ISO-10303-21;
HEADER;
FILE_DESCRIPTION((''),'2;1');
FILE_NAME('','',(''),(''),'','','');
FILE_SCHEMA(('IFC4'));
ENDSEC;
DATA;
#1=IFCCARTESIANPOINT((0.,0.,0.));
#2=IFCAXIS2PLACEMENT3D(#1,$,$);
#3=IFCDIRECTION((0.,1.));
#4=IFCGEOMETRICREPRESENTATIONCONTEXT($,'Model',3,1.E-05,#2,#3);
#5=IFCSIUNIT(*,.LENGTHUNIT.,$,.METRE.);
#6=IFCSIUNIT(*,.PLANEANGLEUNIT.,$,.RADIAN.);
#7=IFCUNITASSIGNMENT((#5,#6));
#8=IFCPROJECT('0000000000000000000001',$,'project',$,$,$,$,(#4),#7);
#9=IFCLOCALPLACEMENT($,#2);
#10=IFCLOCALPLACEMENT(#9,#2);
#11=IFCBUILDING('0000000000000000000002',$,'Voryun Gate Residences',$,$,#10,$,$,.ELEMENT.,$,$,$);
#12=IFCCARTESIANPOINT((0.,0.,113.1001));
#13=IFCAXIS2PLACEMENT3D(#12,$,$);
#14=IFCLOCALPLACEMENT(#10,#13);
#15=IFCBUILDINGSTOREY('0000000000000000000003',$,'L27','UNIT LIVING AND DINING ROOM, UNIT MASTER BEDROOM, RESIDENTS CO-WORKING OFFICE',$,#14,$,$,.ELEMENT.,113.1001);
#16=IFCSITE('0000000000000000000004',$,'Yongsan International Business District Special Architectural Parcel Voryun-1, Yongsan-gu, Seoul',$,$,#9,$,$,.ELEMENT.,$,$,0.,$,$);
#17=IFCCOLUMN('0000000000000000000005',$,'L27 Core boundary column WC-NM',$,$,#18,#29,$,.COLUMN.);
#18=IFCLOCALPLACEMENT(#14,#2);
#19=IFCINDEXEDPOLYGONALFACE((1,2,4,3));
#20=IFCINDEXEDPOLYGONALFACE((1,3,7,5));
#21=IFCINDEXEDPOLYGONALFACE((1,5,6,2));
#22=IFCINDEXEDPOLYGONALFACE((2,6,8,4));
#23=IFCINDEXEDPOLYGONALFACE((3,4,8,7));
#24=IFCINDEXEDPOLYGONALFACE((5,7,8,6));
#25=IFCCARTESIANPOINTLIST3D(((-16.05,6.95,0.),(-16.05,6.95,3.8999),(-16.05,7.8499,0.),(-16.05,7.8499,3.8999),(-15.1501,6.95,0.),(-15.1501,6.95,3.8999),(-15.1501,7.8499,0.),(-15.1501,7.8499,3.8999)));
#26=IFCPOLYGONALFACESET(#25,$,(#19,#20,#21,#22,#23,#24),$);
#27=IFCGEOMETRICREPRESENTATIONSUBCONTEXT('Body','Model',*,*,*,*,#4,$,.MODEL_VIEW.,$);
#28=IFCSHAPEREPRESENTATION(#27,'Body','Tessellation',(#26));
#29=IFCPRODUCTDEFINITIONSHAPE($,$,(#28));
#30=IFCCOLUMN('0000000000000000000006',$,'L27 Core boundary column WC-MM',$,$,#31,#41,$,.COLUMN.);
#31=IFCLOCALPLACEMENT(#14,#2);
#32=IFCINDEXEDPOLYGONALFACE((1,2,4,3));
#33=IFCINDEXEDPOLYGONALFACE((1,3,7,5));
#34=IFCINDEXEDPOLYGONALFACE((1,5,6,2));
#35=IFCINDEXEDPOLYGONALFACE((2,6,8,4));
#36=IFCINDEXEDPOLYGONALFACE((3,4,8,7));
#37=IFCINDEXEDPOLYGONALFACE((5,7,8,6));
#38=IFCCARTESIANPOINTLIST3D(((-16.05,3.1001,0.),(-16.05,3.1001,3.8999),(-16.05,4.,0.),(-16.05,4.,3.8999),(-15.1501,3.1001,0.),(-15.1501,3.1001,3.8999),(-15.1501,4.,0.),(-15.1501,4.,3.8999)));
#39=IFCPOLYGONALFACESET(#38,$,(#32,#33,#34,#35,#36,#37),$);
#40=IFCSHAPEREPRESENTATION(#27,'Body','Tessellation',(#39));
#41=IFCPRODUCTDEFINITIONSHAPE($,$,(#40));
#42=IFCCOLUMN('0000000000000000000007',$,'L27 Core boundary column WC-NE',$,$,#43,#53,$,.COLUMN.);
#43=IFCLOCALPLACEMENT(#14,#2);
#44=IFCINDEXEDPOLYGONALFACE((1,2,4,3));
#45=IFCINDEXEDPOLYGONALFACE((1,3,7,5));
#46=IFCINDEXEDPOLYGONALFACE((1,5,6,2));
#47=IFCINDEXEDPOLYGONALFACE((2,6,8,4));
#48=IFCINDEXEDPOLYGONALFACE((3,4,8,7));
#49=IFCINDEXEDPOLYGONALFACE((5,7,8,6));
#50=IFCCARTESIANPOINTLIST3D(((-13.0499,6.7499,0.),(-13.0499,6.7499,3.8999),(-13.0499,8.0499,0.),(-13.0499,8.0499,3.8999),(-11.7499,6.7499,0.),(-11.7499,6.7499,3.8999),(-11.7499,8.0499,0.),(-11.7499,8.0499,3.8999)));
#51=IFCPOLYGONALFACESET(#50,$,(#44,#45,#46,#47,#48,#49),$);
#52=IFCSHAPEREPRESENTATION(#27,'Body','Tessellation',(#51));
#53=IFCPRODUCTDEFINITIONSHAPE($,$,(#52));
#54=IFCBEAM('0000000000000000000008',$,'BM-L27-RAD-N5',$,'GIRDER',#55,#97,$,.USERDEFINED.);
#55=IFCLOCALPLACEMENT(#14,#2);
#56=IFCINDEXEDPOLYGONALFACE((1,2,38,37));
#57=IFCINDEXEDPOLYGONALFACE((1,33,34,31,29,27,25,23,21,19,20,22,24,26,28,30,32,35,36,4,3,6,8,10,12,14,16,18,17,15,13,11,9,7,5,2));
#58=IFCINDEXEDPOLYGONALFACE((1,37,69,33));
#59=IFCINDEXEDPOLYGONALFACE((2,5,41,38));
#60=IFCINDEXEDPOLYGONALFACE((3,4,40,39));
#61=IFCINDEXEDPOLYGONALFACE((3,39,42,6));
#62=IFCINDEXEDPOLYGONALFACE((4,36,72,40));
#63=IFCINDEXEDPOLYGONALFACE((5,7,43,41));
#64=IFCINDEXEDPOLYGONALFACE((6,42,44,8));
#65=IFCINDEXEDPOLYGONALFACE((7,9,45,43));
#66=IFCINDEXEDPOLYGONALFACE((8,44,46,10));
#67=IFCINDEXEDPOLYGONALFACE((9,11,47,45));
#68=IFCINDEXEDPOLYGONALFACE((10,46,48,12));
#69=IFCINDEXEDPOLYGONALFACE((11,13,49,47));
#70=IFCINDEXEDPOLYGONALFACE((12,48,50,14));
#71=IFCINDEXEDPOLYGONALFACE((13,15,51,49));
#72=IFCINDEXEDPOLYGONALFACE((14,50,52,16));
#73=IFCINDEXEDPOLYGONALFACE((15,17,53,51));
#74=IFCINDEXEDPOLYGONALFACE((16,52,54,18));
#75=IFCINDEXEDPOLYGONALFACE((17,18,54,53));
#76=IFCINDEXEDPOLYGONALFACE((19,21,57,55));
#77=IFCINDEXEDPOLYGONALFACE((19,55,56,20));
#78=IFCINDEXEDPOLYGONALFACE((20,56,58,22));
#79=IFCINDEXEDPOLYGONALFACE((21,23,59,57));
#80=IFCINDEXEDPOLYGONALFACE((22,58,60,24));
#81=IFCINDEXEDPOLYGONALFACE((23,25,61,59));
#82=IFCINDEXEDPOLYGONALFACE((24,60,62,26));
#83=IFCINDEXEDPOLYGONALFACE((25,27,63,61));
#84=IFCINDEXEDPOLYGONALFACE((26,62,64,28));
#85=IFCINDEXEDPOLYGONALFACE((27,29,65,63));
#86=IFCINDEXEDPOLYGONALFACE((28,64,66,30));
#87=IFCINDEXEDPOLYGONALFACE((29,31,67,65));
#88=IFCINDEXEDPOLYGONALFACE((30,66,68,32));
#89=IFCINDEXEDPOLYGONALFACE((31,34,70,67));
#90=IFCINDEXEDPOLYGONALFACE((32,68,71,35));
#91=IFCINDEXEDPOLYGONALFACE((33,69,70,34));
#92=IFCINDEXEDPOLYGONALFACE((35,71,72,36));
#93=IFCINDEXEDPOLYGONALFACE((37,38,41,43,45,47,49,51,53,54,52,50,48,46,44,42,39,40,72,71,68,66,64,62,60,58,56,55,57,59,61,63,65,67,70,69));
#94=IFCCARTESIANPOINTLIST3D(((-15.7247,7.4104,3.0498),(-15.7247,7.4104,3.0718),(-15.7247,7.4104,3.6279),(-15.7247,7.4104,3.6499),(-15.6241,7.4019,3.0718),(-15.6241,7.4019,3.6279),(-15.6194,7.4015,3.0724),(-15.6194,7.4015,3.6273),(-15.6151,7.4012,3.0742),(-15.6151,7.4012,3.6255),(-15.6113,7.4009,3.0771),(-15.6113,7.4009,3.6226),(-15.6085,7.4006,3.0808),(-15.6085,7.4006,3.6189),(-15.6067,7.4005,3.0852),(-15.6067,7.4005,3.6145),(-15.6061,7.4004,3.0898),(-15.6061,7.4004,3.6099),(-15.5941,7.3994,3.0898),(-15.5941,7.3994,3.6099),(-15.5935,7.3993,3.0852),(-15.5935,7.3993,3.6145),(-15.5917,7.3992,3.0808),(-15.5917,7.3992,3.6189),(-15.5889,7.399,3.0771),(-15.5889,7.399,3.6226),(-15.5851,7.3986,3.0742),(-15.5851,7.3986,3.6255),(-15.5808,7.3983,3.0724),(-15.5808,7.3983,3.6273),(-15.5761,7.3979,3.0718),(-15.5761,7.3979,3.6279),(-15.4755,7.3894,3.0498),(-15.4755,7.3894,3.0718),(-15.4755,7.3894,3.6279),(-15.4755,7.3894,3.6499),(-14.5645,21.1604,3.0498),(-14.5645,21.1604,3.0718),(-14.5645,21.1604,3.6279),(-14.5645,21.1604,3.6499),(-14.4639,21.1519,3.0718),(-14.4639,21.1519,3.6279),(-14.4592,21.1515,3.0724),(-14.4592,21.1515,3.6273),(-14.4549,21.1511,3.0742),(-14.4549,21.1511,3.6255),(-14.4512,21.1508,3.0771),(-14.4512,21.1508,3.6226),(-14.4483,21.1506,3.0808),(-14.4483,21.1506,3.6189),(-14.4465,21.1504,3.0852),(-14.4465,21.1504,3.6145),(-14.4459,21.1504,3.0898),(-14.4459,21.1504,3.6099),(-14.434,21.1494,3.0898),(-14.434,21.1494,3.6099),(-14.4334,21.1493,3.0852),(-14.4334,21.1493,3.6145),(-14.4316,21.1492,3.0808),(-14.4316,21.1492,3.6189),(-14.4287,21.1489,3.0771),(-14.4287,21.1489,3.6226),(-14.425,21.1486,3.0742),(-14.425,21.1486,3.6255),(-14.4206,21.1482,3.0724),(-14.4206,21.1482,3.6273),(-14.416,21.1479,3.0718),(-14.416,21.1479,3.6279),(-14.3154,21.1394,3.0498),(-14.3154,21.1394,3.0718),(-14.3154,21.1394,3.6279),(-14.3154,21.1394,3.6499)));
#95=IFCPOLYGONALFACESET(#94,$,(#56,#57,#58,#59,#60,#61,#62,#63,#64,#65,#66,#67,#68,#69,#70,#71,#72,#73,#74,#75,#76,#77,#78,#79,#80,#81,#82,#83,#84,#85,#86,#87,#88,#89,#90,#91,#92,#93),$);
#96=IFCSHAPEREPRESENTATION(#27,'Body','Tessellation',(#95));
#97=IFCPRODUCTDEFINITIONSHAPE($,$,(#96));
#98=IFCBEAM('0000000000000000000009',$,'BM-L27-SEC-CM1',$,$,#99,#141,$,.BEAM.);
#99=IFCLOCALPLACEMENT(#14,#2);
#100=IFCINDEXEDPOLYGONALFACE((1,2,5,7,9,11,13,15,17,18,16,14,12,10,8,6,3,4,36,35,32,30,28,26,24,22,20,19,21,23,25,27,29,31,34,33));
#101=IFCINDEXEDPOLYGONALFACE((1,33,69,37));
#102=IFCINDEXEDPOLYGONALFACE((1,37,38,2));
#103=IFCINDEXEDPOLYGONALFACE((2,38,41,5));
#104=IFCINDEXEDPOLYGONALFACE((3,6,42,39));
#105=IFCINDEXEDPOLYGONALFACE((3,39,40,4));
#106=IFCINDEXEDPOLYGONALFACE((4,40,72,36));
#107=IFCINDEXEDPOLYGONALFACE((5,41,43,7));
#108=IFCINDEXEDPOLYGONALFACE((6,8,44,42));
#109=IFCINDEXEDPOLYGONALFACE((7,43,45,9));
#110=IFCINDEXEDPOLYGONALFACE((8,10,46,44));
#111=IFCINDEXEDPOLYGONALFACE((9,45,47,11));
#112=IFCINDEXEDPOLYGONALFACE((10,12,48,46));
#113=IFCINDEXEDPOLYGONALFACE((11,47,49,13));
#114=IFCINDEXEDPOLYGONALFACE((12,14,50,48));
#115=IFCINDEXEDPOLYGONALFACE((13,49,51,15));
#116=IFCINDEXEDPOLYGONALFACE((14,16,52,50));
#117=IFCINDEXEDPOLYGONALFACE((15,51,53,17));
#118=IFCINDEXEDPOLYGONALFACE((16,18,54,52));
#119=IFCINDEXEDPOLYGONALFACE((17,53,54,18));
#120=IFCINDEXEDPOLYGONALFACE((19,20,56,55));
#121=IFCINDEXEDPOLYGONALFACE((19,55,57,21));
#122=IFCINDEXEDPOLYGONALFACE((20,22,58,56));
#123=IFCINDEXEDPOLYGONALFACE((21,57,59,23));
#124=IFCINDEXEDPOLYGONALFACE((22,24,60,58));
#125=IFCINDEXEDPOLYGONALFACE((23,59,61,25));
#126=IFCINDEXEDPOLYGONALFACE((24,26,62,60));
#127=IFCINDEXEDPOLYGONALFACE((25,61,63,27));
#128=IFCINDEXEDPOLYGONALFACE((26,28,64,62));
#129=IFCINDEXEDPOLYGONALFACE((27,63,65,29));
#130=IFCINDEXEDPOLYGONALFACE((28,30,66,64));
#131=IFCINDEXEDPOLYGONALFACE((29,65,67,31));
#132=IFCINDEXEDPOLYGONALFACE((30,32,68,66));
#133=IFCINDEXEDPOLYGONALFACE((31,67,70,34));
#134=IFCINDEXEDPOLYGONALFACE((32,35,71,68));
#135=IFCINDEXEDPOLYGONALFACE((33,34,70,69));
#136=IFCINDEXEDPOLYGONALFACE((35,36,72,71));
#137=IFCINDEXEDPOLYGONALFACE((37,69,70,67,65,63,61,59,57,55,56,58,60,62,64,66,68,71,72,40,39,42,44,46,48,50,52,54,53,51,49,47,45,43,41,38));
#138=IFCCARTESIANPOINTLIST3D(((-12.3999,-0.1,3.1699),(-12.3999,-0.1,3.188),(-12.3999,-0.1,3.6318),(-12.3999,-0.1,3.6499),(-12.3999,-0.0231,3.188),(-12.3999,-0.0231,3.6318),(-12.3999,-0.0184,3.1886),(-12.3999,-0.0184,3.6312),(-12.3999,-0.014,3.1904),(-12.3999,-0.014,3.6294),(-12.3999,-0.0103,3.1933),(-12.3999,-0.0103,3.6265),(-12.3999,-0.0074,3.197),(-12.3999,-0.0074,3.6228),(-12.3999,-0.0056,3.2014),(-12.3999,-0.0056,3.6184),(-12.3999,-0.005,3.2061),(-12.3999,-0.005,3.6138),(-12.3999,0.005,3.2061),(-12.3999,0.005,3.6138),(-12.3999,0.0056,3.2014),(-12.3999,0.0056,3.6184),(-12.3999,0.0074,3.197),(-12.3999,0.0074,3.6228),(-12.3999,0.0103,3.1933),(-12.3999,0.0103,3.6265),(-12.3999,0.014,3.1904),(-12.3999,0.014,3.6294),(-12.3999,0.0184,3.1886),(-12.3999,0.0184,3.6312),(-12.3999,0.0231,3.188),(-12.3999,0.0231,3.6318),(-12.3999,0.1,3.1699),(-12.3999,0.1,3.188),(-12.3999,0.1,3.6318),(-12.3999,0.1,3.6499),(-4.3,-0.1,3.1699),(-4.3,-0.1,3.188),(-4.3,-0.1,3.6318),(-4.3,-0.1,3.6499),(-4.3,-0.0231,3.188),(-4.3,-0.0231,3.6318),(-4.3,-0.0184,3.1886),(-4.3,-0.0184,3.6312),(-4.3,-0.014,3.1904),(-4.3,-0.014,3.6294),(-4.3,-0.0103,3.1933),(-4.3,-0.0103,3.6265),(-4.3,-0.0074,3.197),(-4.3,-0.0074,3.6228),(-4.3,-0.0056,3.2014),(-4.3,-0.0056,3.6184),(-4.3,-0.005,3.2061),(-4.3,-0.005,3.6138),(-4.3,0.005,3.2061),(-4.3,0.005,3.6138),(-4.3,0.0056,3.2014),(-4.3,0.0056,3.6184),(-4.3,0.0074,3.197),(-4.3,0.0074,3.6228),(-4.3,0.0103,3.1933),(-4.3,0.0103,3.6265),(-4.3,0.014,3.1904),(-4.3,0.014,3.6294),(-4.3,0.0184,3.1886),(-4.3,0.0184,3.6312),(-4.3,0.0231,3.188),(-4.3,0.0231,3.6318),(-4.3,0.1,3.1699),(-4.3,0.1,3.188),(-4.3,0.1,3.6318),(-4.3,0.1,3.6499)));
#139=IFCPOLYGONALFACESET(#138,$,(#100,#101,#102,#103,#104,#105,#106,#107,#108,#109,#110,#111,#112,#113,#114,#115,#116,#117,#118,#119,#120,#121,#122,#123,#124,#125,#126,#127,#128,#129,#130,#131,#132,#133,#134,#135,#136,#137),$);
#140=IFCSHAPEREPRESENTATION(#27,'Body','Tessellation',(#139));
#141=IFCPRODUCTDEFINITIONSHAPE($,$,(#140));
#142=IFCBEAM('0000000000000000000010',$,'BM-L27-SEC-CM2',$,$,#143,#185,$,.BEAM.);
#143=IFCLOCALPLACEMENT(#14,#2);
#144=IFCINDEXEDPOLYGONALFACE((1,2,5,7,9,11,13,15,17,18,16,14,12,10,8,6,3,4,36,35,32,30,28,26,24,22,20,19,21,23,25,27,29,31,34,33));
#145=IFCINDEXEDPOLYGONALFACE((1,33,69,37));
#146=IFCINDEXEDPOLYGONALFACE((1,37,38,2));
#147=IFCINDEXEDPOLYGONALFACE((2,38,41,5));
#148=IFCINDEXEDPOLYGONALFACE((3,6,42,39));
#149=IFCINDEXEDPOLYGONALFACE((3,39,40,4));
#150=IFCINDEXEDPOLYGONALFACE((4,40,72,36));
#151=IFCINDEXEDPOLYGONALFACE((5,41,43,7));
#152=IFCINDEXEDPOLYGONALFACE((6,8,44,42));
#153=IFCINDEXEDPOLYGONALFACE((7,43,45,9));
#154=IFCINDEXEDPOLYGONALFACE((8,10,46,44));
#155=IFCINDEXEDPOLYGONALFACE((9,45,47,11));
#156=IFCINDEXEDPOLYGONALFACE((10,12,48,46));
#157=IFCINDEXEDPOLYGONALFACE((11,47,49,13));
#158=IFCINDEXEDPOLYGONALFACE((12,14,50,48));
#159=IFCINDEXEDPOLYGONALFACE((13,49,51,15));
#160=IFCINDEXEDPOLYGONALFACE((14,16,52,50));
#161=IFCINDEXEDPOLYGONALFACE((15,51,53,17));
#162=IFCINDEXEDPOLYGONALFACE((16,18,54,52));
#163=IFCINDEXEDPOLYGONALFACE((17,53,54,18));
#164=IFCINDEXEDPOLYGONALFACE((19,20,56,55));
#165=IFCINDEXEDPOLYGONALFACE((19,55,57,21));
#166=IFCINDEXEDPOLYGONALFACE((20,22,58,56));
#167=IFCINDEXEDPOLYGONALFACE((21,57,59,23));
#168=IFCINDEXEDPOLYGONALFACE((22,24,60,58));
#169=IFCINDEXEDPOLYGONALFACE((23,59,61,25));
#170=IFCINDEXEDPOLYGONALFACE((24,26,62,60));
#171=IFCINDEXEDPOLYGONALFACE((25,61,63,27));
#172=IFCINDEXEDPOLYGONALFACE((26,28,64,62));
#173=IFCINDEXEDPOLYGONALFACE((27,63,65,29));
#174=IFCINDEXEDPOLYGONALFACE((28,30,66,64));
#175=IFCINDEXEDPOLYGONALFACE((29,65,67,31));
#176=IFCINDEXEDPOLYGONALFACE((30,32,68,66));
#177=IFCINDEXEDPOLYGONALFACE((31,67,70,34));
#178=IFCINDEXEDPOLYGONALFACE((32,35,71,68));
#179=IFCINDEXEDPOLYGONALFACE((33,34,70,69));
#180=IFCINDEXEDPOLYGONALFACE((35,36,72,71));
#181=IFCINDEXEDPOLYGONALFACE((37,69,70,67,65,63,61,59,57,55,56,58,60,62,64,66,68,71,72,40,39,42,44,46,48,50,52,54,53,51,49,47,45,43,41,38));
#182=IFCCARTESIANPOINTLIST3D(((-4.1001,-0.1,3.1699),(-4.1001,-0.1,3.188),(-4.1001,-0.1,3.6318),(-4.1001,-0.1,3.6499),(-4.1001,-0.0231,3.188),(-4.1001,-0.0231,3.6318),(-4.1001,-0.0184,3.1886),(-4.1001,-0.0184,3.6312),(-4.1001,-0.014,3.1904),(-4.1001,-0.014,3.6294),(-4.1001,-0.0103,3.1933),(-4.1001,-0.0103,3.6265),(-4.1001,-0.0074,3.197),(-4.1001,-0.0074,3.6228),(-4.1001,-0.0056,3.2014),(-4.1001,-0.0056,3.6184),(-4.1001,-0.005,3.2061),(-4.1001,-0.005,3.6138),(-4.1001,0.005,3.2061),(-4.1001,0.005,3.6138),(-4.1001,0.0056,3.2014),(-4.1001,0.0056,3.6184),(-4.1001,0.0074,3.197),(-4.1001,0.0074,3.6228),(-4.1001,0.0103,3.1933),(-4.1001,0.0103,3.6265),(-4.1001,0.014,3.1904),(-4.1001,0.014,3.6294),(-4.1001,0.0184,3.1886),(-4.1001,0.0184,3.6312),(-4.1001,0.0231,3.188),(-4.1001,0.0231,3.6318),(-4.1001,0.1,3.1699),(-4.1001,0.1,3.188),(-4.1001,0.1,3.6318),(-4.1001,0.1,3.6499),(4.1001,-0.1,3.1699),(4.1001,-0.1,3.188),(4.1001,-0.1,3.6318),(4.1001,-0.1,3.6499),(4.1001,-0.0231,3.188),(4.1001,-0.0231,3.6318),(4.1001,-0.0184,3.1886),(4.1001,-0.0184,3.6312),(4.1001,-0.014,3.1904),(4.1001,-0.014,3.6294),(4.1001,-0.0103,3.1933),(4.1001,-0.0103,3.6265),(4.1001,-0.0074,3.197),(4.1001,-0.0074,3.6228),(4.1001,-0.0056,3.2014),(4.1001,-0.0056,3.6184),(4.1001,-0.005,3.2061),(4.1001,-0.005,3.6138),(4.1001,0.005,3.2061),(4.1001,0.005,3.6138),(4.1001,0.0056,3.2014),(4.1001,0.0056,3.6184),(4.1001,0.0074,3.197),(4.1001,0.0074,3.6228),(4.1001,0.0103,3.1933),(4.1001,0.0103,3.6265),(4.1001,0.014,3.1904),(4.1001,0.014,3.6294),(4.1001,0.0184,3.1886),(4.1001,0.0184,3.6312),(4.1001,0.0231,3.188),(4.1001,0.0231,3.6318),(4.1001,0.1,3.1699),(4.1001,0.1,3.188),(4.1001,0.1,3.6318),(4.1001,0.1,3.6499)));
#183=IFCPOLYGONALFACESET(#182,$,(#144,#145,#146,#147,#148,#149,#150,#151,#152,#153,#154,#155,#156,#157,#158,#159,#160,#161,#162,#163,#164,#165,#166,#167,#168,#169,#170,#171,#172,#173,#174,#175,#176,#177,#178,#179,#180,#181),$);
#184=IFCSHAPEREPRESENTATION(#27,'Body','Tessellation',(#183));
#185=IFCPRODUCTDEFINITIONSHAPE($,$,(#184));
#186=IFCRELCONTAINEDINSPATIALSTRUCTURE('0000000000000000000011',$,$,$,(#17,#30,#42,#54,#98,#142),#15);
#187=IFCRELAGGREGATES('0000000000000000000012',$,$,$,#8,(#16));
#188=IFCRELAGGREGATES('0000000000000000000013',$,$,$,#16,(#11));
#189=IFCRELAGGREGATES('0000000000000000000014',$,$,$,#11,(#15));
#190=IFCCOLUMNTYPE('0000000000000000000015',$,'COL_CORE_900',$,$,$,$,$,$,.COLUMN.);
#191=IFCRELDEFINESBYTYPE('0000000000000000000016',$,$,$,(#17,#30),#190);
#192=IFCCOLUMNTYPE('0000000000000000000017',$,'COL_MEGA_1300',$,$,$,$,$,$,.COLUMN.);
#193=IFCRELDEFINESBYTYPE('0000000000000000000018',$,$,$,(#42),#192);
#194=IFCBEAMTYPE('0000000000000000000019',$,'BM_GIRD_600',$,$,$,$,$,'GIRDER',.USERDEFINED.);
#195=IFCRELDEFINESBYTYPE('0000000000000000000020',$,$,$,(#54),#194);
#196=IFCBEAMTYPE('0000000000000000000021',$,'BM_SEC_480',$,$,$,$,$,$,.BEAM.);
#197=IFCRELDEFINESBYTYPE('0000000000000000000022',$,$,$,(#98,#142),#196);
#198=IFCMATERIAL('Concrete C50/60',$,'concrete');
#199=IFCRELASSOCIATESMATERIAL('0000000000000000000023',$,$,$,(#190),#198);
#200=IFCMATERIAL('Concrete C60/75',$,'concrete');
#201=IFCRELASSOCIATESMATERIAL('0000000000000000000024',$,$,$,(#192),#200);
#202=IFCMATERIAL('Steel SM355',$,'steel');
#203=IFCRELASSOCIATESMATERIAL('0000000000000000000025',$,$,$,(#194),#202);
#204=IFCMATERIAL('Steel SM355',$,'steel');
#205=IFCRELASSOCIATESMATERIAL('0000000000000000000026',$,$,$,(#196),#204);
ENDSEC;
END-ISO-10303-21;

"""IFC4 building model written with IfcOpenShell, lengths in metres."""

from ifc_helpers import new_model, si_unit, direction, frame, origin, origin_2d, place, context, subcontext, project, spatial, rectangle, i_section, extrude, material, material_profile, profile_set, type_object, element, save


model = new_model("IFC4")

# Units and contexts
model_context = context("Model", 3, precision=1e-05, world=origin(), true_north=direction((0.0, 1.0)))
body_context = subcontext(model_context, "Body", "Model", "MODEL_VIEW")
ifc_project = project(units=[si_unit("LENGTHUNIT", "METRE"), si_unit("PLANEANGLEUNIT", "RADIAN")], contexts=[model_context])

# Site, building, storey
site_placement = place(None, origin())
site = spatial("IfcSite", under=ifc_project, at=site_placement, Name="Yongsan International Business District Special Architectural Parcel Voryun-1, Yongsan-gu, Seoul", CompositionType="ELEMENT", RefElevation=0.0)
building_placement = place(site_placement, origin())
building = spatial("IfcBuilding", under=site, at=building_placement, Name="Voryun Gate Residences", CompositionType="ELEMENT")
storey_placement = place(building_placement, frame((0.0, 0.0, 113.1001)))
storey = spatial("IfcBuildingStorey", under=building, at=storey_placement, Name="L27", Description="UNIT LIVING AND DINING ROOM, UNIT MASTER BEDROOM, RESIDENTS CO-WORKING OFFICE", CompositionType="ELEMENT", Elevation=113.1001)

# Columns
ifc_material_1 = material(Name="Concrete C50/60", Category="concrete")
ifc_material_profile_1 = material_profile(ifc_material_1, rectangle(XDim=0.8999, YDim=0.8999, at=origin_2d()), Name="RC-900x900")
ifc_profile_set_1 = profile_set([ifc_material_profile_1], Name="Concrete C50/60")
column_type_1 = type_object("IfcColumnType", Name="COL_CORE_900", PredefinedType="COLUMN", material=ifc_profile_set_1)
for number, where, z_axis, x_axis, name in (
    (1, (-15.6001, 7.3999, 0.0), (0.0, 0.0, 1.0), (1.0, 0.0, 0.0), "L27 Core boundary column WC-NM"),
    (2, (-15.6001, 3.55, 0.0), (0.0, 0.0, 1.0), (1.0, 0.0, 0.0), "L27 Core boundary column WC-MM"),
):
    element("IfcColumn", number, at=place(storey_placement, frame(where, z_axis=z_axis, x_axis=x_axis)), inside=storey, type_object=column_type_1, Name=name, PredefinedType="COLUMN", context=body_context, shape_type="SweptSolid", body=[
        extrude(rectangle(XDim=0.8999, YDim=0.8999, at=origin_2d()), origin(), (0.0, 0.0, 1.0), 3.8999),
    ])
ifc_material_2 = material(Name="Concrete C60/75", Category="concrete")
ifc_material_profile_2 = material_profile(ifc_material_2, rectangle(XDim=1.3, YDim=1.3, at=origin_2d()), Name="RC-1300x1300")
ifc_profile_set_2 = profile_set([ifc_material_profile_2], Name="Concrete C60/75")
column_type_2 = type_object("IfcColumnType", Name="COL_MEGA_1300", PredefinedType="COLUMN", material=ifc_profile_set_2)
column_placement = place(storey_placement, frame((-12.3999, 7.3999, 0.0), z_axis=(0.0, 0.0, 1.0), x_axis=(1.0, 0.0, 0.0)))
element("IfcColumn", 3, at=column_placement, inside=storey, type_object=column_type_2, Name="L27 Core boundary column WC-NE", PredefinedType="COLUMN", context=body_context, shape_type="SweptSolid", body=[
    extrude(rectangle(XDim=1.3, YDim=1.3, at=origin_2d()), origin(), (0.0, 0.0, 1.0), 3.8999),
])

# Beams
ifc_material_3 = material(Name="Steel SM355", Category="steel")
ifc_material_profile_3 = material_profile(ifc_material_3, i_section(OverallWidth=0.25, OverallDepth=0.6001, WebThickness=0.012, FlangeThickness=0.022, FilletRadius=0.0181, at=origin_2d()), Name="H-600x250x12x22")
ifc_profile_set_3 = profile_set([ifc_material_profile_3], Name="Steel SM355")
beam_type_1 = type_object("IfcBeamType", Name="BM_GIRD_600", ElementType="GIRDER", PredefinedType="USERDEFINED", material=ifc_profile_set_3)
beam_1_placement = place(storey_placement, frame((-15.6001, 7.3999, 3.3499), z_axis=(0.084076, 0.996459, 0.0), x_axis=(-0.996459, 0.084076, 0.0)))
element("IfcBeam", 4, at=beam_1_placement, inside=storey, type_object=beam_type_1, Name="BM-L27-RAD-N5", ObjectType="GIRDER", PredefinedType="USERDEFINED", context=body_context, shape_type="SweptSolid", body=[
    extrude(i_section(OverallWidth=0.25, OverallDepth=0.6001, WebThickness=0.012, FlangeThickness=0.022, FilletRadius=0.0181, at=origin_2d()), origin(), (0.0, 0.0, 1.0), 13.7988),
])
ifc_material_4 = material(Name="Steel SM355", Category="steel")
ifc_material_profile_4 = material_profile(ifc_material_4, i_section(OverallWidth=0.2, OverallDepth=0.48, WebThickness=0.01, FlangeThickness=0.0181, FilletRadius=0.0181, at=origin_2d()), Name="H-480x200x10x18")
ifc_profile_set_4 = profile_set([ifc_material_profile_4], Name="Steel SM355")
beam_type_2 = type_object("IfcBeamType", Name="BM_SEC_480", PredefinedType="BEAM", material=ifc_profile_set_4)
beam_2_placement = place(storey_placement, frame((-12.3999, 0.0, 3.4099), z_axis=(1.0, 0.0, 0.0), x_axis=(0.0, 1.0, 0.0)))
element("IfcBeam", 5, at=beam_2_placement, inside=storey, type_object=beam_type_2, Name="BM-L27-SEC-CM1", PredefinedType="BEAM", context=body_context, shape_type="SweptSolid", body=[
    extrude(i_section(OverallWidth=0.2, OverallDepth=0.48, WebThickness=0.01, FlangeThickness=0.0181, FilletRadius=0.0181, at=origin_2d()), origin(), (0.0, 0.0, 1.0), 8.0999),
])
beam_3_placement = place(storey_placement, frame((-4.1001, 0.0, 3.4099), z_axis=(1.0, 0.0, 0.0), x_axis=(0.0, 1.0, 0.0)))
element("IfcBeam", 6, at=beam_3_placement, inside=storey, type_object=beam_type_2, Name="BM-L27-SEC-CM2", PredefinedType="BEAM", context=body_context, shape_type="SweptSolid", body=[
    extrude(i_section(OverallWidth=0.2, OverallDepth=0.48, WebThickness=0.01, FlangeThickness=0.0181, FilletRadius=0.0181, at=origin_2d()), origin(), (0.0, 0.0, 1.0), 8.2002),
])

save(model, "model.ifc")
